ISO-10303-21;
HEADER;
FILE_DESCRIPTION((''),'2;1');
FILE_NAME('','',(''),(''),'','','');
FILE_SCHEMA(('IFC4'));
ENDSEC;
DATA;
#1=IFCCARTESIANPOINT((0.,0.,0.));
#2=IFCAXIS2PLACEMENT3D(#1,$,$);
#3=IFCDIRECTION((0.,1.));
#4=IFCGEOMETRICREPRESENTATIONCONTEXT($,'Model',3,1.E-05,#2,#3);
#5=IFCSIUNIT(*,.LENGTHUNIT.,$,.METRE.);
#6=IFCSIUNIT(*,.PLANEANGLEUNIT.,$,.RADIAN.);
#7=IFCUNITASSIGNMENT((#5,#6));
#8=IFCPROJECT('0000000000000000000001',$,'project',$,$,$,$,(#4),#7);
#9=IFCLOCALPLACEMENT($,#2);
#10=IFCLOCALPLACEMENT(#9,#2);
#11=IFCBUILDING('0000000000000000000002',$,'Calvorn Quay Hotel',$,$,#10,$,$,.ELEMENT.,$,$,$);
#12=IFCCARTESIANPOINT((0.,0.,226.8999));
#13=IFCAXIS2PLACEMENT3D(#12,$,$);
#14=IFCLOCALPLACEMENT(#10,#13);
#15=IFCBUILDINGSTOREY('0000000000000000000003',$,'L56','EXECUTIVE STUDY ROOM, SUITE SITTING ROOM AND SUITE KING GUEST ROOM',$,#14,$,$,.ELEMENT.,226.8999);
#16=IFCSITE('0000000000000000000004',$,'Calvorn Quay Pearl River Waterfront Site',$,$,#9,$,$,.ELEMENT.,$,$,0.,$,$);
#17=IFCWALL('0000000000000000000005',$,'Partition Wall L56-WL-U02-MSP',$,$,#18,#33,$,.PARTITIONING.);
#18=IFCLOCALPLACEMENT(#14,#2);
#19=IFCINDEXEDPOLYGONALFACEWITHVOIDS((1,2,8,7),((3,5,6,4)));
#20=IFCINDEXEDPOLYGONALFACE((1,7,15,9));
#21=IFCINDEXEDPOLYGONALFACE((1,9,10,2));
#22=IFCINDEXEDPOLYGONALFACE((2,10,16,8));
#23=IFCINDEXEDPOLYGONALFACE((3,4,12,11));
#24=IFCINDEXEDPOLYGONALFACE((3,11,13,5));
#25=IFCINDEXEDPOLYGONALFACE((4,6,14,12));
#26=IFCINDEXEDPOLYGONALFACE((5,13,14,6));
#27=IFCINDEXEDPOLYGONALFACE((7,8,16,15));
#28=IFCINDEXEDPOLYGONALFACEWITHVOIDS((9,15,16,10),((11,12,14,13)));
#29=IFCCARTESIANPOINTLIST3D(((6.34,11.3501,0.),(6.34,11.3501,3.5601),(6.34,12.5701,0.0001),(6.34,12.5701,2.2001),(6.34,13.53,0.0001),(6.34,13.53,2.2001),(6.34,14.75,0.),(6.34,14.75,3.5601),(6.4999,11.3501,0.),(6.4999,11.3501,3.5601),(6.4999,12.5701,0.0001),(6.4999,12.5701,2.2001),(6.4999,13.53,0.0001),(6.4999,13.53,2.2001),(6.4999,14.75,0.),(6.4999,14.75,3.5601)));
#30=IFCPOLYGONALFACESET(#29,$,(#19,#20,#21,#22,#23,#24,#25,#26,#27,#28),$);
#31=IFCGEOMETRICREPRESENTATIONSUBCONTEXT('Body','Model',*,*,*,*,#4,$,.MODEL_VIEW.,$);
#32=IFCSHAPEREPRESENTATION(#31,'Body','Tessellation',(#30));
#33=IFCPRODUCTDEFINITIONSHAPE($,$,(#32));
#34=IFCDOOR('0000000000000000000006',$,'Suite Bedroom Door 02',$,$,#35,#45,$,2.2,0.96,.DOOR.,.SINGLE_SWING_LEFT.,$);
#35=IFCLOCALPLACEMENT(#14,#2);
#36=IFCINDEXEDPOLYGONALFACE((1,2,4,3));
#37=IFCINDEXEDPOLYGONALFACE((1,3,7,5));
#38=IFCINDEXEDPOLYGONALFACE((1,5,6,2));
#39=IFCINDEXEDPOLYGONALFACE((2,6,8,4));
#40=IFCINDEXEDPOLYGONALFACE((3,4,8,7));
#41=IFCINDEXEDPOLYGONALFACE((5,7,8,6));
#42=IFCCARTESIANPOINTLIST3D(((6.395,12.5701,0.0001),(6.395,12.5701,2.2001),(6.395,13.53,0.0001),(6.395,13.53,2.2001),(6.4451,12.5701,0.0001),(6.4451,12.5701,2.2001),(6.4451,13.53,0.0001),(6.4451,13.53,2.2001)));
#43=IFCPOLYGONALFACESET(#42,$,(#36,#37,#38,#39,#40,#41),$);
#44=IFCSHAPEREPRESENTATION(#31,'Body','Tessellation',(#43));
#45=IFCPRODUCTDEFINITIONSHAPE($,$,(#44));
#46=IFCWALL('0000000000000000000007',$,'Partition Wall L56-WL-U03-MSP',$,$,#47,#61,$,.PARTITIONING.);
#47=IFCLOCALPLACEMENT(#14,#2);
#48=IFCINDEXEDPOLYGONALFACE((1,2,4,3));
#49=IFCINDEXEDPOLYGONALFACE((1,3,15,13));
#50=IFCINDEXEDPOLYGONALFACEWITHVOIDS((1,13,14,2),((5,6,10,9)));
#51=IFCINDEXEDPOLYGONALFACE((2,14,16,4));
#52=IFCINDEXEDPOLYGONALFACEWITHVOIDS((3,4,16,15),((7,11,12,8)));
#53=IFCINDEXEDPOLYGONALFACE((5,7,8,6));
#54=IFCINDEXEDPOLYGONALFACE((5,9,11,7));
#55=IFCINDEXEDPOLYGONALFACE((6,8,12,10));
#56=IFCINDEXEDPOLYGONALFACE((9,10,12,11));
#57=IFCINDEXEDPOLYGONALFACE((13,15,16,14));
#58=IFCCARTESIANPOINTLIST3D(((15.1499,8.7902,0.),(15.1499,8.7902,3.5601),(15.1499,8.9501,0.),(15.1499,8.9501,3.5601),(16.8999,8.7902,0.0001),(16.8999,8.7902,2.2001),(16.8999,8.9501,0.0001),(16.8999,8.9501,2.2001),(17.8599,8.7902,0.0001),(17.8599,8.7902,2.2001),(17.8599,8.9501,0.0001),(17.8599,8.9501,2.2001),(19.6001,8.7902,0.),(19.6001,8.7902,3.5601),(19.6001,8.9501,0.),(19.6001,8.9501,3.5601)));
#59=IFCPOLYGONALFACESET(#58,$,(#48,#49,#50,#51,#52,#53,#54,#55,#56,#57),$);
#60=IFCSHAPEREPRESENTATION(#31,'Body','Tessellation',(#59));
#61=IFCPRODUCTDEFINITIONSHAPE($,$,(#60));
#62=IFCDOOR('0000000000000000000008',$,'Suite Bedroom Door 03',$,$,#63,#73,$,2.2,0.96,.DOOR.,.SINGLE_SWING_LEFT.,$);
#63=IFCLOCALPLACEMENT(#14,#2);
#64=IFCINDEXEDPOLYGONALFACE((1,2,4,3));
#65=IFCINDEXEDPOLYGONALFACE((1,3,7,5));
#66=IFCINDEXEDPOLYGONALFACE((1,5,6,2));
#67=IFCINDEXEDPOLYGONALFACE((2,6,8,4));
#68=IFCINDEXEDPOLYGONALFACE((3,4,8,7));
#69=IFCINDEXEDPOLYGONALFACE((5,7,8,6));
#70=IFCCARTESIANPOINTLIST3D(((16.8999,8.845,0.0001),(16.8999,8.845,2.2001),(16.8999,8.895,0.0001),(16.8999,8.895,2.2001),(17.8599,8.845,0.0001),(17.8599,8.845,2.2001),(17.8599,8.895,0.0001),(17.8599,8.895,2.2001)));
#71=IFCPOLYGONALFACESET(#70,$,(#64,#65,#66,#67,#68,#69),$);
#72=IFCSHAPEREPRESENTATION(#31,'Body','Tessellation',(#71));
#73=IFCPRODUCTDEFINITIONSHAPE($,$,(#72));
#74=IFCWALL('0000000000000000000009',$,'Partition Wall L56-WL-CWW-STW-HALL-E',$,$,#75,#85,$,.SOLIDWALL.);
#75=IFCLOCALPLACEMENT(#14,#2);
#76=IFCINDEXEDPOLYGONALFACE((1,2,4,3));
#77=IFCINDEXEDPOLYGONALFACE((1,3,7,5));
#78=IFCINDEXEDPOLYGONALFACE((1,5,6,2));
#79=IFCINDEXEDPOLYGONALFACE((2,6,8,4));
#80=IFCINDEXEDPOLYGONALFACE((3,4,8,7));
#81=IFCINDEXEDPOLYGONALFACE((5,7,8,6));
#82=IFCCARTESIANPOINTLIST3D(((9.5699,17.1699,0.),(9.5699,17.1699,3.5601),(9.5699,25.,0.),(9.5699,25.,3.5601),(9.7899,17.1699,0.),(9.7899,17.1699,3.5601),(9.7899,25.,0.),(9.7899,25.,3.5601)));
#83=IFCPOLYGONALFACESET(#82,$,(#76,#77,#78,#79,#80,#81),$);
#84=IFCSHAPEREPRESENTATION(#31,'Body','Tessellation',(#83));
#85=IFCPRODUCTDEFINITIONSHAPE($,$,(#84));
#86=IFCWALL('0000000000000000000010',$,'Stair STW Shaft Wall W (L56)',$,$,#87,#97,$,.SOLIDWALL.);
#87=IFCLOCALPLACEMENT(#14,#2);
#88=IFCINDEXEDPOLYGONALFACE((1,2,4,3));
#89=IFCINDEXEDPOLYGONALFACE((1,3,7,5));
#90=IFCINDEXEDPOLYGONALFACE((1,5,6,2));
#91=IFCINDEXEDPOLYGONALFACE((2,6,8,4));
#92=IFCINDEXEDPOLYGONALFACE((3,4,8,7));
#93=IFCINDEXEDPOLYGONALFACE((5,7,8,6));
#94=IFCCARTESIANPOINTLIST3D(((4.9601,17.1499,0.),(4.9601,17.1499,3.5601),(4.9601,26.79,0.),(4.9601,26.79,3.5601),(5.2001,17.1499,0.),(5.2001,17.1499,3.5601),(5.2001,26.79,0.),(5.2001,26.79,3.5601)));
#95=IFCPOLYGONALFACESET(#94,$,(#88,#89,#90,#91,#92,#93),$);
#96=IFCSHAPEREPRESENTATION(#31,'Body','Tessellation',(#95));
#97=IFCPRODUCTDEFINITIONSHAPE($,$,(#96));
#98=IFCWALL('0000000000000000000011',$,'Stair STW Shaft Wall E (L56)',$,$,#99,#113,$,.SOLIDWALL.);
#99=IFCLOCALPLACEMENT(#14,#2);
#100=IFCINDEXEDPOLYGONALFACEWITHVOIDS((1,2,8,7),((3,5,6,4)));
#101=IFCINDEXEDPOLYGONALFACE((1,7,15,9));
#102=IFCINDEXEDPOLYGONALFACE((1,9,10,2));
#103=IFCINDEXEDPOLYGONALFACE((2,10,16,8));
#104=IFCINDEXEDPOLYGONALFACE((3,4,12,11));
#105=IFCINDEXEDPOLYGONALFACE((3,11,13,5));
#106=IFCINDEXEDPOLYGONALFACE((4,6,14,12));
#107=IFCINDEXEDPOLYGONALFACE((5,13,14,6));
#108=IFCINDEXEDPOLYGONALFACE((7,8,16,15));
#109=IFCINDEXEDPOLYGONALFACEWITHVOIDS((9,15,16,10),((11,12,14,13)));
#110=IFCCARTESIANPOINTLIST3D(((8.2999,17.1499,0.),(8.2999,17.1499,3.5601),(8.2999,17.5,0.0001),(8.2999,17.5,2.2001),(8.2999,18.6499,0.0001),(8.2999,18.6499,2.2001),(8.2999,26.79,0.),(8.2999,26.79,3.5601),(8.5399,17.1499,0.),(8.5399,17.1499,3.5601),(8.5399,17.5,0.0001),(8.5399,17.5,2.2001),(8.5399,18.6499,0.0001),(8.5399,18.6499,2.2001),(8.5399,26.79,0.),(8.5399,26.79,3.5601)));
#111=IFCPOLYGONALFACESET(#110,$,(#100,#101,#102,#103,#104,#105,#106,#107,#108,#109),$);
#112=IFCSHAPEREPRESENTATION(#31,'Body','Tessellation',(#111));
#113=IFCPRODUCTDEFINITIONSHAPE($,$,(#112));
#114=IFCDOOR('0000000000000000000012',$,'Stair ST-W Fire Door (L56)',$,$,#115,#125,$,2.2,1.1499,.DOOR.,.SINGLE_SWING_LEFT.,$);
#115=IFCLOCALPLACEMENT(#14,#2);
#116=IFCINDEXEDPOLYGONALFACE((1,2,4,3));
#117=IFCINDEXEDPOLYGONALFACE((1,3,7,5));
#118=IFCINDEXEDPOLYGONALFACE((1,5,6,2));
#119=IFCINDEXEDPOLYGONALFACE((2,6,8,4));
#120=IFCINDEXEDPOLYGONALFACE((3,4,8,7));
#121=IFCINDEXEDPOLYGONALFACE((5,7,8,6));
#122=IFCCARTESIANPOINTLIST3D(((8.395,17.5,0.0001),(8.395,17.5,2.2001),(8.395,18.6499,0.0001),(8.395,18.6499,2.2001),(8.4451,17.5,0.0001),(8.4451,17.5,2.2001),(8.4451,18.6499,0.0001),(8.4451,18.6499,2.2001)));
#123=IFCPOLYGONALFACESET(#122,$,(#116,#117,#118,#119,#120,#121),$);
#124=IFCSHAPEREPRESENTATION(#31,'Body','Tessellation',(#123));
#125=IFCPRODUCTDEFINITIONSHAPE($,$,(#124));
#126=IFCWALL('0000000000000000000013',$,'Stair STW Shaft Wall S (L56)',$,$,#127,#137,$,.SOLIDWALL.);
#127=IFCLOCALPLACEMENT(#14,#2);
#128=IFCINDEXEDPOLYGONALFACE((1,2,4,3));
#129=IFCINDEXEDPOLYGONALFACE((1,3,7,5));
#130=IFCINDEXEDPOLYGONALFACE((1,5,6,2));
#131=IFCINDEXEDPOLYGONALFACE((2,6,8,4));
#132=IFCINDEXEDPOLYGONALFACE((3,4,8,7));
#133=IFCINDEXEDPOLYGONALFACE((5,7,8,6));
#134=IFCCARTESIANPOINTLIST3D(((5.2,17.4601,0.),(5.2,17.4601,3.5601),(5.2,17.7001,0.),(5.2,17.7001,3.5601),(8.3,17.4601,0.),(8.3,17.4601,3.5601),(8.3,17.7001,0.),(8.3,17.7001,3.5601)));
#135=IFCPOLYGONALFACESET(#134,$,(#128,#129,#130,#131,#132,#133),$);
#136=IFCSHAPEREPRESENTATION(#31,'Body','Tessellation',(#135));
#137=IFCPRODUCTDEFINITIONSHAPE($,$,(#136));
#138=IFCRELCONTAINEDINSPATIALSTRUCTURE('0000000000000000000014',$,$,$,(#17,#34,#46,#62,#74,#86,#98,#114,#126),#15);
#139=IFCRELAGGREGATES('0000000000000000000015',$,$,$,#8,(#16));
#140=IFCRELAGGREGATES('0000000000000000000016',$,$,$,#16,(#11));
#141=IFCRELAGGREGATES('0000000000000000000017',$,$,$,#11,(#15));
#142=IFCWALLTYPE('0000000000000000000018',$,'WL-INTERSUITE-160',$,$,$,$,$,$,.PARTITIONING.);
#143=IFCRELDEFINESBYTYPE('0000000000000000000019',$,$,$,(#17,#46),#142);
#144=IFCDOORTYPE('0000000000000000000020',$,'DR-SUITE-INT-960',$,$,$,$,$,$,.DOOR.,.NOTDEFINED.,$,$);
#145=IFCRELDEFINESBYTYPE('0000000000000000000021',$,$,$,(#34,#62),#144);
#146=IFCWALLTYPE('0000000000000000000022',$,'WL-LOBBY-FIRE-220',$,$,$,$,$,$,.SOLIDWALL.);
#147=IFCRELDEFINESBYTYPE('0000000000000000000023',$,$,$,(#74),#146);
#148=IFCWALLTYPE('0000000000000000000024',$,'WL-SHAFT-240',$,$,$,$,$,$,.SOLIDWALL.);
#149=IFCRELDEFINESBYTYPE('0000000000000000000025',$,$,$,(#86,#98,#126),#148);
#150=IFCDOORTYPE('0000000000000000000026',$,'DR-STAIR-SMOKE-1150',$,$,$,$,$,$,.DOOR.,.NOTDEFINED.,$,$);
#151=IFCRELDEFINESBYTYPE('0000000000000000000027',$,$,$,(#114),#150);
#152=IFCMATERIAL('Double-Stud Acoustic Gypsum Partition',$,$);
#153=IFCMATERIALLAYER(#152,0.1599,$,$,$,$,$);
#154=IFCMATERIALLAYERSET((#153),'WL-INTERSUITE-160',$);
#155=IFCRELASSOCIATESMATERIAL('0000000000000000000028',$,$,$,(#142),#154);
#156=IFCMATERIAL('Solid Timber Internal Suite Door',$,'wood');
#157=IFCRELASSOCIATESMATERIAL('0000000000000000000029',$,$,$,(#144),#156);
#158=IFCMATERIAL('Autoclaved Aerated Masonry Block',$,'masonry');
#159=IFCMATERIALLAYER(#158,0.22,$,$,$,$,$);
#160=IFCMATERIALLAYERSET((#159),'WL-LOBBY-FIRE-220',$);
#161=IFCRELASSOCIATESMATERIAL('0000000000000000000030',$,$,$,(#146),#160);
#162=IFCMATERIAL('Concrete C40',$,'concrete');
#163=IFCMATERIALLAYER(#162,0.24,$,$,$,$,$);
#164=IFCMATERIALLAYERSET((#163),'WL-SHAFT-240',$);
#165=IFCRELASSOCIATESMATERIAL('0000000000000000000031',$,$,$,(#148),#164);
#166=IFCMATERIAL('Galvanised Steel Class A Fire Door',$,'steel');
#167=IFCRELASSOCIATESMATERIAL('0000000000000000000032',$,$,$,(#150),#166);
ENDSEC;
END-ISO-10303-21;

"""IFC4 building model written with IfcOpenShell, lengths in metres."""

from ifc_helpers import new_model, si_unit, direction, frame, frame_2d, origin, place, context, subcontext, project, spatial, rectangle, extrude, material, layer, layer_set, type_object, element, fill, save


model = new_model("IFC4")

# Units and contexts
model_context = context("Model", 3, precision=1e-05, world=origin(), true_north=direction((0.0, 1.0)))
body_context = subcontext(model_context, "Body", "Model", "MODEL_VIEW")
ifc_project = project(units=[si_unit("LENGTHUNIT", "METRE"), si_unit("PLANEANGLEUNIT", "RADIAN")], contexts=[model_context])

# Site, building, storey
site_placement = place(None, origin())
site = spatial("IfcSite", under=ifc_project, at=site_placement, Name="Calvorn Quay Pearl River Waterfront Site", CompositionType="ELEMENT", RefElevation=0.0)
building_placement = place(site_placement, origin())
building = spatial("IfcBuilding", under=site, at=building_placement, Name="Calvorn Quay Hotel", CompositionType="ELEMENT")
storey_placement = place(building_placement, frame((0.0, 0.0, 226.8999)))
storey = spatial("IfcBuildingStorey", under=building, at=storey_placement, Name="L56", Description="EXECUTIVE STUDY ROOM, SUITE SITTING ROOM AND SUITE KING GUEST ROOM", CompositionType="ELEMENT", Elevation=226.8999)

# Walls, openings, doors
ifc_material_1 = material(Name="Double-Stud Acoustic Gypsum Partition")
ifc_layer_1 = layer(ifc_material_1, 0.1599)
ifc_layer_set_1 = layer_set([ifc_layer_1], Name="WL-INTERSUITE-160")
wall_type_1 = type_object("IfcWallType", Name="WL-INTERSUITE-160", PredefinedType="PARTITIONING", material=ifc_layer_set_1)
wall_1_placement = place(storey_placement, frame((6.4199, 11.3501, 0.0), z_axis=(0.0, 0.0, 1.0), x_axis=(0.0, 1.0, 0.0)))
wall_1 = element("IfcWall", 1, at=wall_1_placement, inside=storey, type_object=wall_type_1, Name="Partition Wall L56-WL-U02-MSP", PredefinedType="PARTITIONING", context=body_context, shape_type="SweptSolid", body=[
    extrude(rectangle(XDim=3.3999, YDim=0.1599, at=frame_2d((1.7, 0.0))), origin(), (0.0, 0.0, 1.0), 3.5601),
])
opening_1_placement = place(wall_1_placement, frame((1.22, 0.0, 0.0)))
opening_1 = element("IfcOpeningElement", 2, at=opening_1_placement, cuts=wall_1, PredefinedType="OPENING", context=body_context, shape_type="SweptSolid", body=[
    extrude(rectangle(XDim=0.96, YDim=2.2, at=frame_2d((0.48, 1.1001))), frame((0.0, 0.0898, 0.0), z_axis=(0.0, -1.0, 0.0), x_axis=(1.0, 0.0, 0.0)), (0.0, 0.0, 1.0), 0.1799),
])
ifc_material_2 = material(Name="Solid Timber Internal Suite Door", Category="wood")
door_type_1 = type_object("IfcDoorType", Name="DR-SUITE-INT-960", OperationType="NOTDEFINED", PredefinedType="DOOR", material=ifc_material_2)
door_1_placement = place(opening_1_placement, origin())
door_1 = element("IfcDoor", 3, at=door_1_placement, inside=storey, type_object=door_type_1, Name="Suite Bedroom Door 02", OperationType="SINGLE_SWING_LEFT", OverallHeight=2.2, OverallWidth=0.96, PredefinedType="DOOR", context=body_context, shape_type="SweptSolid", body=[
    extrude(rectangle(XDim=0.96, YDim=2.2, at=frame_2d((0.48, 1.1001))), frame((0.0, 0.0249, 0.0), z_axis=(0.0, -1.0, 0.0), x_axis=(1.0, 0.0, 0.0)), (0.0, 0.0, 1.0), 0.05),
])
fill(opening_1, door_1)
wall_2_placement = place(storey_placement, frame((15.1499, 8.8701, 0.0), z_axis=(0.0, 0.0, 1.0), x_axis=(1.0, 0.0, 0.0)))
wall_2 = element("IfcWall", 4, at=wall_2_placement, inside=storey, type_object=wall_type_1, Name="Partition Wall L56-WL-U03-MSP", PredefinedType="PARTITIONING", context=body_context, shape_type="SweptSolid", body=[
    extrude(rectangle(XDim=4.4502, YDim=0.1599, at=frame_2d((2.2251, 0.0))), origin(), (0.0, 0.0, 1.0), 3.5601),
])
opening_2_placement = place(wall_2_placement, frame((1.75, 0.0, 0.0)))
opening_2 = element("IfcOpeningElement", 5, at=opening_2_placement, cuts=wall_2, PredefinedType="OPENING", context=body_context, shape_type="SweptSolid", body=[
    extrude(rectangle(XDim=0.96, YDim=2.2, at=frame_2d((0.48, 1.1001))), frame((0.0, 0.0898, 0.0), z_axis=(0.0, -1.0, 0.0), x_axis=(1.0, 0.0, 0.0)), (0.0, 0.0, 1.0), 0.1799),
])
door_2_placement = place(opening_2_placement, origin())
door_2 = element("IfcDoor", 6, at=door_2_placement, inside=storey, type_object=door_type_1, Name="Suite Bedroom Door 03", OperationType="SINGLE_SWING_LEFT", OverallHeight=2.2, OverallWidth=0.96, PredefinedType="DOOR", context=body_context, shape_type="SweptSolid", body=[
    extrude(rectangle(XDim=0.96, YDim=2.2, at=frame_2d((0.48, 1.1001))), frame((0.0, 0.0249, 0.0), z_axis=(0.0, -1.0, 0.0), x_axis=(1.0, 0.0, 0.0)), (0.0, 0.0, 1.0), 0.05),
])
fill(opening_2, door_2)

# Walls
ifc_material_3 = material(Name="Autoclaved Aerated Masonry Block", Category="masonry")
ifc_layer_2 = layer(ifc_material_3, 0.22)
ifc_layer_set_2 = layer_set([ifc_layer_2], Name="WL-LOBBY-FIRE-220")
wall_type_2 = type_object("IfcWallType", Name="WL-LOBBY-FIRE-220", PredefinedType="SOLIDWALL", material=ifc_layer_set_2)
wall_3_placement = place(storey_placement, frame((9.6799, 17.1699, 0.0), z_axis=(0.0, 0.0, 1.0), x_axis=(0.0, 1.0, 0.0)))
element("IfcWall", 7, at=wall_3_placement, inside=storey, type_object=wall_type_2, Name="Partition Wall L56-WL-CWW-STW-HALL-E", PredefinedType="SOLIDWALL", context=body_context, shape_type="SweptSolid", body=[
    extrude(rectangle(XDim=7.8301, YDim=0.22, at=frame_2d((3.915, 0.0))), origin(), (0.0, 0.0, 1.0), 3.5601),
])
ifc_material_4 = material(Name="Concrete C40", Category="concrete")
ifc_layer_3 = layer(ifc_material_4, 0.24)
ifc_layer_set_3 = layer_set([ifc_layer_3], Name="WL-SHAFT-240")
wall_type_3 = type_object("IfcWallType", Name="WL-SHAFT-240", PredefinedType="SOLIDWALL", material=ifc_layer_set_3)
wall_4_placement = place(storey_placement, frame((5.0801, 17.1499, 0.0), z_axis=(0.0, 0.0, 1.0), x_axis=(0.0, 1.0, 0.0)))
element("IfcWall", 8, at=wall_4_placement, inside=storey, type_object=wall_type_3, Name="Stair STW Shaft Wall W (L56)", PredefinedType="SOLIDWALL", context=body_context, shape_type="SweptSolid", body=[
    extrude(rectangle(XDim=9.6401, YDim=0.24, at=frame_2d((4.8201, 0.0))), origin(), (0.0, 0.0, 1.0), 3.5601),
])

# Wall, opening, door
wall_5_placement = place(storey_placement, frame((8.4199, 17.1499, 0.0), z_axis=(0.0, 0.0, 1.0), x_axis=(0.0, 1.0, 0.0)))
wall_5 = element("IfcWall", 9, at=wall_5_placement, inside=storey, type_object=wall_type_3, Name="Stair STW Shaft Wall E (L56)", PredefinedType="SOLIDWALL", context=body_context, shape_type="SweptSolid", body=[
    extrude(rectangle(XDim=9.6401, YDim=0.24, at=frame_2d((4.8201, 0.0))), origin(), (0.0, 0.0, 1.0), 3.5601),
])
opening_3_placement = place(wall_5_placement, frame((0.3501, 0.0, 0.0)))
opening_3 = element("IfcOpeningElement", 10, at=opening_3_placement, cuts=wall_5, PredefinedType="OPENING", context=body_context, shape_type="SweptSolid", body=[
    extrude(rectangle(XDim=1.1499, YDim=2.2, at=frame_2d((0.575, 1.1001))), frame((0.0, 0.1299, 0.0), z_axis=(0.0, -1.0, 0.0), x_axis=(1.0, 0.0, 0.0)), (0.0, 0.0, 1.0), 0.26),
])
ifc_material_5 = material(Name="Galvanised Steel Class A Fire Door", Category="steel")
door_type_2 = type_object("IfcDoorType", Name="DR-STAIR-SMOKE-1150", OperationType="NOTDEFINED", PredefinedType="DOOR", material=ifc_material_5)
door_3_placement = place(opening_3_placement, origin())
door_3 = element("IfcDoor", 11, at=door_3_placement, inside=storey, type_object=door_type_2, Name="Stair ST-W Fire Door (L56)", OperationType="SINGLE_SWING_LEFT", OverallHeight=2.2, OverallWidth=1.1499, PredefinedType="DOOR", context=body_context, shape_type="SweptSolid", body=[
    extrude(rectangle(XDim=1.1499, YDim=2.2, at=frame_2d((0.575, 1.1001))), frame((0.0, 0.0249, 0.0), z_axis=(0.0, -1.0, 0.0), x_axis=(1.0, 0.0, 0.0)), (0.0, 0.0, 1.0), 0.05),
])
fill(opening_3, door_3)

# Wall
wall_6_placement = place(storey_placement, frame((5.2, 17.5801, 0.0), z_axis=(0.0, 0.0, 1.0), x_axis=(1.0, 0.0, 0.0)))
element("IfcWall", 12, at=wall_6_placement, inside=storey, type_object=wall_type_3, Name="Stair STW Shaft Wall S (L56)", PredefinedType="SOLIDWALL", context=body_context, shape_type="SweptSolid", body=[
    extrude(rectangle(XDim=3.1001, YDim=0.24, at=frame_2d((1.55, 0.0))), origin(), (0.0, 0.0, 1.0), 3.5601),
])

save(model, "model.ifc")
